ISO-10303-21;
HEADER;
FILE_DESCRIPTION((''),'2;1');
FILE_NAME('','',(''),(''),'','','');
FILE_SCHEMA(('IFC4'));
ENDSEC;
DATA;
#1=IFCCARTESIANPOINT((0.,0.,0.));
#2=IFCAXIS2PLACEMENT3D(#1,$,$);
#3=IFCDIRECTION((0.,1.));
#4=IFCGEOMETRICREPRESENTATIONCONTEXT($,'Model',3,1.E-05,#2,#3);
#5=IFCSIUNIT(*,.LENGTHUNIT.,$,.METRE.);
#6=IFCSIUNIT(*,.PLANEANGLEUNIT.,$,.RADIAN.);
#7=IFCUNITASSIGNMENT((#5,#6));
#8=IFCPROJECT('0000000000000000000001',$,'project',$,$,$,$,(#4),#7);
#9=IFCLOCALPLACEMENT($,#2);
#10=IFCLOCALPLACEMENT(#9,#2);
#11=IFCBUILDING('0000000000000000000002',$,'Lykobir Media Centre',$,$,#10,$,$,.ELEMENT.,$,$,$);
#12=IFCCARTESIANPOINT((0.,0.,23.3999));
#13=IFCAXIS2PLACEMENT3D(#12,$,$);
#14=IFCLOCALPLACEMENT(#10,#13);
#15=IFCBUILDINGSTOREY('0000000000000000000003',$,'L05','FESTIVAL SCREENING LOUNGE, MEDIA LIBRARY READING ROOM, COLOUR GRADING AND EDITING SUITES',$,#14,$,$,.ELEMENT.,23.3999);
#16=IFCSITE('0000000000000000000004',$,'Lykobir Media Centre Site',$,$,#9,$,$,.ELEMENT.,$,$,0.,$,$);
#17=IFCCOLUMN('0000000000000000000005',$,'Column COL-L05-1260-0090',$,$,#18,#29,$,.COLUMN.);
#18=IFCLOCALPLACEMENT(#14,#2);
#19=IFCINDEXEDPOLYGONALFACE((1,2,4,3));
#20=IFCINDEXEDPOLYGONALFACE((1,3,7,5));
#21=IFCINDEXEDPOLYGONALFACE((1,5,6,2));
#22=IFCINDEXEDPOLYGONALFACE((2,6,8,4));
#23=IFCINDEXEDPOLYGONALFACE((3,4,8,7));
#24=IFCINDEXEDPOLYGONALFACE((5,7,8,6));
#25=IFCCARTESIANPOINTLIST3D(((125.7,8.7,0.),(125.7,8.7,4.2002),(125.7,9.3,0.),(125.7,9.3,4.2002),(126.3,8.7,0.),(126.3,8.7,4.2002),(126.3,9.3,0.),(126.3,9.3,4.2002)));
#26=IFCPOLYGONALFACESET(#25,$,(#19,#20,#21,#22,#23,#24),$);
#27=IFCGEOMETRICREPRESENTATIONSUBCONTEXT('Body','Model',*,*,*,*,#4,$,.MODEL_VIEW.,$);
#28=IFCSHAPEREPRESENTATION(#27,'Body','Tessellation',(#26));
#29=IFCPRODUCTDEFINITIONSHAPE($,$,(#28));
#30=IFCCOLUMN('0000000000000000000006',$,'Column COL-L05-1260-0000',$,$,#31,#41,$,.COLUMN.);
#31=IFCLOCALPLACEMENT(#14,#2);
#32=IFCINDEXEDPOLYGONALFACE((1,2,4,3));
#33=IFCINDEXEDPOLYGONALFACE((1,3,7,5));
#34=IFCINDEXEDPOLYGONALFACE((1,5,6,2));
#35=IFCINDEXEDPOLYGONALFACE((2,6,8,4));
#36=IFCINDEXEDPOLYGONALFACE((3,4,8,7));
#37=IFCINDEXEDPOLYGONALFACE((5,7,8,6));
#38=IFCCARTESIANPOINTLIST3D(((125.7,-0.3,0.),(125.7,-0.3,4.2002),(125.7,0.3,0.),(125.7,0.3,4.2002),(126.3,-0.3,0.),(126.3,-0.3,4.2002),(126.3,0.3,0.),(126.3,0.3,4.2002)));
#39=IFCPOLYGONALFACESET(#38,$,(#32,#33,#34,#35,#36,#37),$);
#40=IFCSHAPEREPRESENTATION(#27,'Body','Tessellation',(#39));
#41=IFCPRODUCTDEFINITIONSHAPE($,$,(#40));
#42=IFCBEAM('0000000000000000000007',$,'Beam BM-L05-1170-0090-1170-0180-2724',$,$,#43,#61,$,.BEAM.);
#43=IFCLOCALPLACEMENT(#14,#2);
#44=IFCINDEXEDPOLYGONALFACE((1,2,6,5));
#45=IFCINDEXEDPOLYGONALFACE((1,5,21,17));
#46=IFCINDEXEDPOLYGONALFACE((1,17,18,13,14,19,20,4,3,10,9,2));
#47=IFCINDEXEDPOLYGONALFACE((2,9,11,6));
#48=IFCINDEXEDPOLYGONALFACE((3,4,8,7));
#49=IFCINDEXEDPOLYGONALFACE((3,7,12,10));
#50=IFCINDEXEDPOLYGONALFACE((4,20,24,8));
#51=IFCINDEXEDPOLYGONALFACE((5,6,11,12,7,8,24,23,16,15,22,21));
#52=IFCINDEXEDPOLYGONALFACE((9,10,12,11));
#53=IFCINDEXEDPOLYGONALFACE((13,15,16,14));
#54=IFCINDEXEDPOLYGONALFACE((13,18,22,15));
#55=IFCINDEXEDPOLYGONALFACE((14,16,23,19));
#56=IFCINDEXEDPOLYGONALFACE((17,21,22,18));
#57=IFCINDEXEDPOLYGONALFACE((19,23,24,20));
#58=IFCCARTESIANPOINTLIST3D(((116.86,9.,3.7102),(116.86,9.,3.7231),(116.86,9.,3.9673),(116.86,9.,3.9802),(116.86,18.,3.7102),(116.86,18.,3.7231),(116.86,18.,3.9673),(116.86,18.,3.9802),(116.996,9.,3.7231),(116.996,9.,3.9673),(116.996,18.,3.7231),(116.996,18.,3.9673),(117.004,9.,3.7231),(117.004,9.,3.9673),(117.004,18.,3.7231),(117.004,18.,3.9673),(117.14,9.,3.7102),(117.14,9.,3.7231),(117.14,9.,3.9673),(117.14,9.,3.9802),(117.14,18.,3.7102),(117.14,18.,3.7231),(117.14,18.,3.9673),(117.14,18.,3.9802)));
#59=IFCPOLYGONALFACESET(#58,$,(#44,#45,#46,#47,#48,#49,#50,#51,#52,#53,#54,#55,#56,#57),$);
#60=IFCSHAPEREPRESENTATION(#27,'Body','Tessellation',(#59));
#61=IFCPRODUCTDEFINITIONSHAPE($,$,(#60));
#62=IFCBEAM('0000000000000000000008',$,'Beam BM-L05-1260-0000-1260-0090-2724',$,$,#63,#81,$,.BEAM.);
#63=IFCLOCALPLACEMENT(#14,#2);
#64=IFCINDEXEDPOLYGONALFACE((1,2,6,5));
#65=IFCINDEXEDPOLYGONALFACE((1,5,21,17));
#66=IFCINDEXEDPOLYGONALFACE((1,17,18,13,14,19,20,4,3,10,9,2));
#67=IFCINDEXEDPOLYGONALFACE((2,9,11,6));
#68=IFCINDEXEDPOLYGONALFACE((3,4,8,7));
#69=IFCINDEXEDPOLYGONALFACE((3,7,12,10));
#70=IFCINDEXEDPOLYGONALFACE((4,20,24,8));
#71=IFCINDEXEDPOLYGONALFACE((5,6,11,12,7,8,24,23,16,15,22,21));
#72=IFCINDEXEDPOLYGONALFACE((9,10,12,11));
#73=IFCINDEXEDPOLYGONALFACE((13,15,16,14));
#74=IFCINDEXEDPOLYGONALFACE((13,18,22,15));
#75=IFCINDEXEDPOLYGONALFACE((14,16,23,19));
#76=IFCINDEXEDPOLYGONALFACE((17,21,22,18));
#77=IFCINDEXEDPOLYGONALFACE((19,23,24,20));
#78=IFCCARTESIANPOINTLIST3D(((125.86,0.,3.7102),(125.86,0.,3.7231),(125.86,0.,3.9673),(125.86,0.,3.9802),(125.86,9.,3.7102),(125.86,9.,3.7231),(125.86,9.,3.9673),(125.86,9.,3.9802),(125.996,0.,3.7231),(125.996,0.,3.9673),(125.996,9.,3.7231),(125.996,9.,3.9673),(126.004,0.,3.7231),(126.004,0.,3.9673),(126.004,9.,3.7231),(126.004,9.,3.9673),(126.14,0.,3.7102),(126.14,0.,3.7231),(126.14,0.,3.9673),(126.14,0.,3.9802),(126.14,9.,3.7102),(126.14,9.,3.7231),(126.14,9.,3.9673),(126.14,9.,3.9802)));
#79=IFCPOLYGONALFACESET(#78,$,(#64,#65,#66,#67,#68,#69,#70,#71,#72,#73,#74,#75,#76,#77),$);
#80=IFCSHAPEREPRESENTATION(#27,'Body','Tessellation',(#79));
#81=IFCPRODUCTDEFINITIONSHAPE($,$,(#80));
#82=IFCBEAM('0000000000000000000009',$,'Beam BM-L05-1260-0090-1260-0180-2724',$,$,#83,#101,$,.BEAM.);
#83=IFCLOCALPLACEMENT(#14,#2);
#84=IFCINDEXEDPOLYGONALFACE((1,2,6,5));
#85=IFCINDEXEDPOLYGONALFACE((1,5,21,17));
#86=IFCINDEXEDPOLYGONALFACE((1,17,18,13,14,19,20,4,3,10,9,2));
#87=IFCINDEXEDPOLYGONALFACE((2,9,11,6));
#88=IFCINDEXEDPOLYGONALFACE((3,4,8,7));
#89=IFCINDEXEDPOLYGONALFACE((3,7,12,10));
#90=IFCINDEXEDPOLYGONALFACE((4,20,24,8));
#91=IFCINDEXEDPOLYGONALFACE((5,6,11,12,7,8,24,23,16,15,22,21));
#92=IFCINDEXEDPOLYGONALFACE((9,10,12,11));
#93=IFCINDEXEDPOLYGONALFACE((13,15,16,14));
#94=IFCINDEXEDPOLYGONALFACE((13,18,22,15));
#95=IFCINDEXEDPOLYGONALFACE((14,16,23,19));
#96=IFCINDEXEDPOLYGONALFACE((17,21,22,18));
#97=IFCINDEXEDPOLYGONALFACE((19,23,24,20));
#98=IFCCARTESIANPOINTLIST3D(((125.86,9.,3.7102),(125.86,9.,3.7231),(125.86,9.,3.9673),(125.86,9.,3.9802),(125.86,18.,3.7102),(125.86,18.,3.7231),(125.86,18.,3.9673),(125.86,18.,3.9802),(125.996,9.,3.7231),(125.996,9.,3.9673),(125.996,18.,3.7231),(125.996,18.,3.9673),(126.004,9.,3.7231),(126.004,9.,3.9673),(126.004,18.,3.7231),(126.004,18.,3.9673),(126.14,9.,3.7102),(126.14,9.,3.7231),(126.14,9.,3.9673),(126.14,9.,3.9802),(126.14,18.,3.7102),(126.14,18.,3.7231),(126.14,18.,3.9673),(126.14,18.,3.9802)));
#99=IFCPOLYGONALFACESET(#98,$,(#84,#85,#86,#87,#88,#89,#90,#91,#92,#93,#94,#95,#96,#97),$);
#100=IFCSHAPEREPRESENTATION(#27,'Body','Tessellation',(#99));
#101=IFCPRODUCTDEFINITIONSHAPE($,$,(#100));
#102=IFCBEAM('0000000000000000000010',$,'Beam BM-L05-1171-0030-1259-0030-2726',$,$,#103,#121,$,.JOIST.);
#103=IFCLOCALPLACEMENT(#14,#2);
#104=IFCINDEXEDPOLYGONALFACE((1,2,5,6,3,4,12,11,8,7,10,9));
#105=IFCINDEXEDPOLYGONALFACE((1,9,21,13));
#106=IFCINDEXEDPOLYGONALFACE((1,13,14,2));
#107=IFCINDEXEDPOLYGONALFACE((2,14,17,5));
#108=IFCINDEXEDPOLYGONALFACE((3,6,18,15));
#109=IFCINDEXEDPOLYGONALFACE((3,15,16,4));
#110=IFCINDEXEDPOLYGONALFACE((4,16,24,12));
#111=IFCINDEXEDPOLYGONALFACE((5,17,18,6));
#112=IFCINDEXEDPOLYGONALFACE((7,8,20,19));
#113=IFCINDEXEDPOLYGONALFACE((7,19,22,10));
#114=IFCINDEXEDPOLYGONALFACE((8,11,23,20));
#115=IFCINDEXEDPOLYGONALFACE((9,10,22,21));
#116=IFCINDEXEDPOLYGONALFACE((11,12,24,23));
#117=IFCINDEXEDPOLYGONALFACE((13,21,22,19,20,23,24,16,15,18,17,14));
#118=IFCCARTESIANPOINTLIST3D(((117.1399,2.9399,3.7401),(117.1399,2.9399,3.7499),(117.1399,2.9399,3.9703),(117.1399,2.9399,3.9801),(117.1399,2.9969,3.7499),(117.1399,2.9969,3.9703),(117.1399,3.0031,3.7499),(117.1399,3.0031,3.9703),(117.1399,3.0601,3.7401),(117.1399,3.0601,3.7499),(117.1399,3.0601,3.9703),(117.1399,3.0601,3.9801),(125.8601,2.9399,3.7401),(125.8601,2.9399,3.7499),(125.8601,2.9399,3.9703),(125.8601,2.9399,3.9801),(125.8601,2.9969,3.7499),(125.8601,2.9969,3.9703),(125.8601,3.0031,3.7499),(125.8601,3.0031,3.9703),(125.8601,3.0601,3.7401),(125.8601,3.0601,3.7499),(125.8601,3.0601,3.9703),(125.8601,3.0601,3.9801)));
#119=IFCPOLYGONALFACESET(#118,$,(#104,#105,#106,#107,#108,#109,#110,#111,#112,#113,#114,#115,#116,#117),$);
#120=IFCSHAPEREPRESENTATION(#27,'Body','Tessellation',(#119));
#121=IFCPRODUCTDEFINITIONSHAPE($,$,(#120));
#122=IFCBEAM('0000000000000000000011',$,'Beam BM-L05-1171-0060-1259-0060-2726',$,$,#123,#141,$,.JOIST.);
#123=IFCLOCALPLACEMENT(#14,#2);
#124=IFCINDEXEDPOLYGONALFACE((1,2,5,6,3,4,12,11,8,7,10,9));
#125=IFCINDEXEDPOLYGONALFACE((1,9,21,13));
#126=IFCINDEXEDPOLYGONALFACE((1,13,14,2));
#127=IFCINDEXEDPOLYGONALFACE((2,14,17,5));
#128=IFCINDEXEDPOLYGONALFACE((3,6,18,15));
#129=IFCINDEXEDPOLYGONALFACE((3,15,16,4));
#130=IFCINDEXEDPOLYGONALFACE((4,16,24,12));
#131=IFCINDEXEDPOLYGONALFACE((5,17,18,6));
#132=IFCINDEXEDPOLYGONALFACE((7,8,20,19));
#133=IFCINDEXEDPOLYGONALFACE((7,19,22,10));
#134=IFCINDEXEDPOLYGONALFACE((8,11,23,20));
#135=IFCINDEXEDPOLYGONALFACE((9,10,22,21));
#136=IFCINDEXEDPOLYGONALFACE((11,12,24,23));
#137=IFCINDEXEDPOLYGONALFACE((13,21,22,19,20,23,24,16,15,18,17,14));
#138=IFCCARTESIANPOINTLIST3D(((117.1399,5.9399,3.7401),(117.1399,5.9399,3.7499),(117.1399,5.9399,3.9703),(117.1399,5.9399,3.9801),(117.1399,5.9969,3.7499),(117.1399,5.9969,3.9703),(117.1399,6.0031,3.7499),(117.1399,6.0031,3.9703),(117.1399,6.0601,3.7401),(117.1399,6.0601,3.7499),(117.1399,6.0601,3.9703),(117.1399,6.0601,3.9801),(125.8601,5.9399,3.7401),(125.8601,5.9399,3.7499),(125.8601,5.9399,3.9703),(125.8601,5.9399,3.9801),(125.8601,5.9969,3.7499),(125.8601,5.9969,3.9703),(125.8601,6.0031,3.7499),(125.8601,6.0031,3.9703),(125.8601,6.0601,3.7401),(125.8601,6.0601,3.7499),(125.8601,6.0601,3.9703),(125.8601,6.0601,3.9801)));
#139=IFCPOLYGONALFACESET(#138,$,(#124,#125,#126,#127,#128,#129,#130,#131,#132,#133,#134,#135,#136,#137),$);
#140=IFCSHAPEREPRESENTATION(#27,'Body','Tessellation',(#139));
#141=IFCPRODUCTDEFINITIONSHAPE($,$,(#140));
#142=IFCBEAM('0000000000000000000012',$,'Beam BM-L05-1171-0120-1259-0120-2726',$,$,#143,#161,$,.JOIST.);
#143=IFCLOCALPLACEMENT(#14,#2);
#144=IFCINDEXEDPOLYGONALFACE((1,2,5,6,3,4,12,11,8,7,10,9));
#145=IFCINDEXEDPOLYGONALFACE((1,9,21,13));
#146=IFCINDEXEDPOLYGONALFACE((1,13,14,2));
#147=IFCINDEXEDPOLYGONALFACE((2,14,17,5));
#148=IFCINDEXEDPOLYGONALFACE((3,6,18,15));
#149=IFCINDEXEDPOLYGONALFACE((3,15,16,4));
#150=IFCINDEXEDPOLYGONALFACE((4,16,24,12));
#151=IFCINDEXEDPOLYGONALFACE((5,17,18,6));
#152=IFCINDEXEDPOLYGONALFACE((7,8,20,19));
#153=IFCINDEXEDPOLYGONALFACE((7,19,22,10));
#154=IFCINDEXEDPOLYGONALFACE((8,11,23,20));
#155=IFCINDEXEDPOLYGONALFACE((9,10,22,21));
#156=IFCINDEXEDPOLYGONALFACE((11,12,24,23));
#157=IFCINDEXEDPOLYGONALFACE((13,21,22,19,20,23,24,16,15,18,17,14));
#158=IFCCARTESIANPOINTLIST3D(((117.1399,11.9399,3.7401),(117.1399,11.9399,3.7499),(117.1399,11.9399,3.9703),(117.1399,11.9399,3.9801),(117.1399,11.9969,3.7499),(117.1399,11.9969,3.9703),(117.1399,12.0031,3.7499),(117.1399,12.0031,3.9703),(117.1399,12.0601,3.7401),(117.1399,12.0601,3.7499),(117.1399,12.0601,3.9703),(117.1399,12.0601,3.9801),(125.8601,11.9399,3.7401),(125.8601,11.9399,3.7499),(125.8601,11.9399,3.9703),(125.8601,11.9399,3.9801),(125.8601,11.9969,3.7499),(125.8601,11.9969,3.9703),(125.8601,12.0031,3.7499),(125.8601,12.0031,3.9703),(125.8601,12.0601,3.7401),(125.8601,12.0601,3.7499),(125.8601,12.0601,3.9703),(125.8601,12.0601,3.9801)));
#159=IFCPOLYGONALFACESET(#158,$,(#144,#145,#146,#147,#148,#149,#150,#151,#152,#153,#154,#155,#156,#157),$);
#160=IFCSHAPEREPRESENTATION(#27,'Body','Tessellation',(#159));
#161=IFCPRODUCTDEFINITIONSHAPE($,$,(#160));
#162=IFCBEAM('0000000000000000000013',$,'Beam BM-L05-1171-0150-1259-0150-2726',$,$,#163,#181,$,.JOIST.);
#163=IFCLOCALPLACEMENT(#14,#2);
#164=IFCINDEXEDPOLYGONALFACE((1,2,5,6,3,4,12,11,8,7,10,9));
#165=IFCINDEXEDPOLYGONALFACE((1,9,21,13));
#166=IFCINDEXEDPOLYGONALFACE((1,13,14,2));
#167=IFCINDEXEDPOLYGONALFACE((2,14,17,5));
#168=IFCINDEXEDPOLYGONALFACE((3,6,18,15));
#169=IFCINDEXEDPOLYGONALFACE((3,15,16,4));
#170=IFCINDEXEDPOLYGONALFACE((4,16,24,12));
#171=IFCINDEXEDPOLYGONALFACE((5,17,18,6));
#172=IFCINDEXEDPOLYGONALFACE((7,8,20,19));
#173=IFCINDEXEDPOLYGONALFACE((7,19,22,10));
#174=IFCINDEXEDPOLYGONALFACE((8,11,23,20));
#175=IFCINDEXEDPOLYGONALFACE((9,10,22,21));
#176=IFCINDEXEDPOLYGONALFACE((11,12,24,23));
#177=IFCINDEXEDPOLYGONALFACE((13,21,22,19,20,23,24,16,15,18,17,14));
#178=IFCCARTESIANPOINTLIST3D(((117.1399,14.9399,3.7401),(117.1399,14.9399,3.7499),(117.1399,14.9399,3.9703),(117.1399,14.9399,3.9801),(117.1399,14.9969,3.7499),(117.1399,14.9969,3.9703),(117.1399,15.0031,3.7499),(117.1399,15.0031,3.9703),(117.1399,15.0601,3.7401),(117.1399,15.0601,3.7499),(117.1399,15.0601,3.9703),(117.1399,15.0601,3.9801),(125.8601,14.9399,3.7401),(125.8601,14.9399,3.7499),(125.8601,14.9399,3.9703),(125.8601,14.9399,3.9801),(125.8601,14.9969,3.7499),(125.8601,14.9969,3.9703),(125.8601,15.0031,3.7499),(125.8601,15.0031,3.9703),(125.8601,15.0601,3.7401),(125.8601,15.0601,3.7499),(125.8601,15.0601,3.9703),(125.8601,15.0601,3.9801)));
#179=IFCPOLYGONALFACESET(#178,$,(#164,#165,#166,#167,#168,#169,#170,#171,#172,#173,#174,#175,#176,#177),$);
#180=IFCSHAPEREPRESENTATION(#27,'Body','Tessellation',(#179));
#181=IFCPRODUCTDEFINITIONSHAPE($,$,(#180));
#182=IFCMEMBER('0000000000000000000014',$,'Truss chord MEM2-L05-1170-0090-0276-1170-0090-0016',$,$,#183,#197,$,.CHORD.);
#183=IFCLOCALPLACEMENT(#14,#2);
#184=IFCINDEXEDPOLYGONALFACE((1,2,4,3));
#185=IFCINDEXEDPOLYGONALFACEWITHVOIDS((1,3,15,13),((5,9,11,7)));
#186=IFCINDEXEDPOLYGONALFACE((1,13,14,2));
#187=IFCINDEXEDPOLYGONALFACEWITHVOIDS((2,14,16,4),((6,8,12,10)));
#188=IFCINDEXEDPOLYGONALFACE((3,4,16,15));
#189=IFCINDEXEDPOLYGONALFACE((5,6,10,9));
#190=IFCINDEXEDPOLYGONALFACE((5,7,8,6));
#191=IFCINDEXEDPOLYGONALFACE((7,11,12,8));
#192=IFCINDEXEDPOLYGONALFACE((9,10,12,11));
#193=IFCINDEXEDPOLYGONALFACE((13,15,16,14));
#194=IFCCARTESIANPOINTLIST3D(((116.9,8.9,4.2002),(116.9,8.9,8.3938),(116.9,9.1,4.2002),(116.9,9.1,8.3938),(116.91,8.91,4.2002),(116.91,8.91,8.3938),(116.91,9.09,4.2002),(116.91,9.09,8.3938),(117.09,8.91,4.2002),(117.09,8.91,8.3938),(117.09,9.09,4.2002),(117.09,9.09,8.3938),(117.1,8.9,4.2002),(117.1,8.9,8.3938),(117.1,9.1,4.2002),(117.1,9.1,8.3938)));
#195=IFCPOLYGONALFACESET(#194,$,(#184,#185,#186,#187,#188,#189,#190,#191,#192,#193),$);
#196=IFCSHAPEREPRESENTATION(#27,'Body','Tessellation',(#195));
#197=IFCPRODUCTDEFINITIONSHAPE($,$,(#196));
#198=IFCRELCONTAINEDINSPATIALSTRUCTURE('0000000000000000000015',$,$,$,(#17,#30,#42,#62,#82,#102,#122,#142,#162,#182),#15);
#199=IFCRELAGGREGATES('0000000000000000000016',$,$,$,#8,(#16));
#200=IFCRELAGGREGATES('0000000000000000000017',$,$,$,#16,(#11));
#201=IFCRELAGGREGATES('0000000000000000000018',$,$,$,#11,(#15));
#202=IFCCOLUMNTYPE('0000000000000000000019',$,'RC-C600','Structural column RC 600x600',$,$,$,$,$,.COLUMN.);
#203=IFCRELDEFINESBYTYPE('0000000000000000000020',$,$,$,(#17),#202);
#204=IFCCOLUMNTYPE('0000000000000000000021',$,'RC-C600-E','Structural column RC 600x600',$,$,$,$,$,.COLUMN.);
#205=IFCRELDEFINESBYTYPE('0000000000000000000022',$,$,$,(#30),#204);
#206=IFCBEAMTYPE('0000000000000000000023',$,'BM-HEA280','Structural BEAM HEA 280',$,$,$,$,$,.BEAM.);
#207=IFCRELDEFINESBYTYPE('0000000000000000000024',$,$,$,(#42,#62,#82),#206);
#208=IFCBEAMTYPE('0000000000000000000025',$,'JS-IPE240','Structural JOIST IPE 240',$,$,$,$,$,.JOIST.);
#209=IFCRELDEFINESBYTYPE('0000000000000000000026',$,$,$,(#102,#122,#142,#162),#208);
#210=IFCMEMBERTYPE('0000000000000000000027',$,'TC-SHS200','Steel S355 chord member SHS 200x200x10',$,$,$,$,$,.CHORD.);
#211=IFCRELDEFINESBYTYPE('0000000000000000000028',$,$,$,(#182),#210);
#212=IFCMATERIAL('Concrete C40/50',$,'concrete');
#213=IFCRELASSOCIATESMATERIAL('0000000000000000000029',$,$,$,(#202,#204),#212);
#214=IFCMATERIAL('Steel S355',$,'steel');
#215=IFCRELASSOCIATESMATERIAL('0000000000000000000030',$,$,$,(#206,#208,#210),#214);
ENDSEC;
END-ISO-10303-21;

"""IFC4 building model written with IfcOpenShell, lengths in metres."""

from ifc_helpers import new_model, si_unit, direction, frame, origin, origin_2d, place, context, subcontext, project, spatial, rectangle, hollow_rectangle, i_section, extrude, material, material_profile, profile_set, type_object, element, save


model = new_model("IFC4")

# Units and contexts
model_context = context("Model", 3, precision=1e-05, world=origin(), true_north=direction((0.0, 1.0)))
body_context = subcontext(model_context, "Body", "Model", "MODEL_VIEW")
ifc_project = project(units=[si_unit("LENGTHUNIT", "METRE"), si_unit("PLANEANGLEUNIT", "RADIAN")], contexts=[model_context])

# Site, building, storey
site_placement = place(None, origin())
site = spatial("IfcSite", under=ifc_project, at=site_placement, Name="Lykobir Media Centre Site", CompositionType="ELEMENT", RefElevation=0.0)
building_placement = place(site_placement, origin())
building = spatial("IfcBuilding", under=site, at=building_placement, Name="Lykobir Media Centre", CompositionType="ELEMENT")
storey_placement = place(building_placement, frame((0.0, 0.0, 23.3999)))
storey = spatial("IfcBuildingStorey", under=building, at=storey_placement, Name="L05", Description="FESTIVAL SCREENING LOUNGE, MEDIA LIBRARY READING ROOM, COLOUR GRADING AND EDITING SUITES", CompositionType="ELEMENT", Elevation=23.3999)

# Columns
ifc_material_1 = material(Name="Concrete C40/50", Category="concrete")
ifc_material_profile_1 = material_profile(ifc_material_1, rectangle(XDim=0.6001, YDim=0.6001, at=origin_2d()), Name="RC 600x600")
ifc_profile_set_1 = profile_set([ifc_material_profile_1], Name="Concrete C40/50")
column_type_1 = type_object("IfcColumnType", Name="RC-C600", Description="Structural column RC 600x600", PredefinedType="COLUMN", material=ifc_profile_set_1)
column_1_placement = place(storey_placement, frame((126.0, 9.0, 0.0), z_axis=(0.0, 0.0, 1.0), x_axis=(1.0, 0.0, 0.0)))
element("IfcColumn", 1, at=column_1_placement, inside=storey, type_object=column_type_1, Name="Column COL-L05-1260-0090", PredefinedType="COLUMN", context=body_context, shape_type="SweptSolid", body=[
    extrude(rectangle(XDim=0.6001, YDim=0.6001, at=origin_2d()), origin(), (0.0, 0.0, 1.0), 4.2002),
])
ifc_material_profile_2 = material_profile(ifc_material_1, rectangle(XDim=0.6001, YDim=0.6001, at=origin_2d()), Name="RC 600x600")
ifc_profile_set_2 = profile_set([ifc_material_profile_2], Name="Concrete C40/50")
column_type_2 = type_object("IfcColumnType", Name="RC-C600-E", Description="Structural column RC 600x600", PredefinedType="COLUMN", material=ifc_profile_set_2)
column_2_placement = place(storey_placement, frame((126.0, 0.0, 0.0), z_axis=(0.0, 0.0, 1.0), x_axis=(1.0, 0.0, 0.0)))
element("IfcColumn", 2, at=column_2_placement, inside=storey, type_object=column_type_2, Name="Column COL-L05-1260-0000", PredefinedType="COLUMN", context=body_context, shape_type="SweptSolid", body=[
    extrude(rectangle(XDim=0.6001, YDim=0.6001, at=origin_2d()), origin(), (0.0, 0.0, 1.0), 4.2002),
])

# Beams
ifc_material_2 = material(Name="Steel S355", Category="steel")
ifc_material_profile_3 = material_profile(ifc_material_2, i_section(OverallWidth=0.28, OverallDepth=0.27, WebThickness=0.0081, FlangeThickness=0.0129, at=origin_2d()), Name="HEA 280")
ifc_profile_set_3 = profile_set([ifc_material_profile_3], Name="Steel S355")
beam_type_1 = type_object("IfcBeamType", Name="BM-HEA280", Description="Structural BEAM HEA 280", PredefinedType="BEAM", material=ifc_profile_set_3)
for number, where, z_axis, x_axis, name in (
    (3, (117.0, 9.0, 3.8452), (0.0, 1.0, 0.0), (-1.0, 0.0, 0.0), "Beam BM-L05-1170-0090-1170-0180-2724"),
    (4, (126.0, 0.0, 3.8452), (0.0, 1.0, 0.0), (-1.0, 0.0, 0.0), "Beam BM-L05-1260-0000-1260-0090-2724"),
    (5, (126.0, 9.0, 3.8452), (0.0, 1.0, 0.0), (-1.0, 0.0, 0.0), "Beam BM-L05-1260-0090-1260-0180-2724"),
):
    element("IfcBeam", number, at=place(storey_placement, frame(where, z_axis=z_axis, x_axis=x_axis)), inside=storey, type_object=beam_type_1, Name=name, PredefinedType="BEAM", context=body_context, shape_type="SweptSolid", body=[
        extrude(i_section(OverallWidth=0.28, OverallDepth=0.27, WebThickness=0.0081, FlangeThickness=0.0129, at=origin_2d()), origin(), (0.0, 0.0, 1.0), 9.0),
    ])
ifc_material_profile_4 = material_profile(ifc_material_2, i_section(OverallWidth=0.1201, OverallDepth=0.24, WebThickness=0.0061, FlangeThickness=0.0098, at=origin_2d()), Name="IPE 240")
ifc_profile_set_4 = profile_set([ifc_material_profile_4], Name="Steel S355")
beam_type_2 = type_object("IfcBeamType", Name="JS-IPE240", Description="Structural JOIST IPE 240", PredefinedType="JOIST", material=ifc_profile_set_4)
for number, where, z_axis, x_axis, name in (
    (6, (117.1399, 3.0, 3.8601), (1.0, 0.0, 0.0), (0.0, 1.0, 0.0), "Beam BM-L05-1171-0030-1259-0030-2726"),
    (7, (117.1399, 6.0, 3.8601), (1.0, 0.0, 0.0), (0.0, 1.0, 0.0), "Beam BM-L05-1171-0060-1259-0060-2726"),
    (8, (117.1399, 12.0, 3.8601), (1.0, 0.0, 0.0), (0.0, 1.0, 0.0), "Beam BM-L05-1171-0120-1259-0120-2726"),
    (9, (117.1399, 15.0, 3.8601), (1.0, 0.0, 0.0), (0.0, 1.0, 0.0), "Beam BM-L05-1171-0150-1259-0150-2726"),
):
    element("IfcBeam", number, at=place(storey_placement, frame(where, z_axis=z_axis, x_axis=x_axis)), inside=storey, type_object=beam_type_2, Name=name, PredefinedType="JOIST", context=body_context, shape_type="SweptSolid", body=[
        extrude(i_section(OverallWidth=0.1201, OverallDepth=0.24, WebThickness=0.0061, FlangeThickness=0.0098, at=origin_2d()), origin(), (0.0, 0.0, 1.0), 8.7202),
    ])

# Member
ifc_material_profile_5 = material_profile(ifc_material_2, hollow_rectangle(XDim=0.2, YDim=0.2, WallThickness=0.01, at=origin_2d()), Name="SHS 200x200x10")
ifc_profile_set_5 = profile_set([ifc_material_profile_5], Name="Steel S355")
member_type = type_object("IfcMemberType", Name="TC-SHS200", Description="Steel S355 chord member SHS 200x200x10", PredefinedType="CHORD", material=ifc_profile_set_5)
member_1_placement = place(storey_placement, frame((117.0, 9.0, 4.2002), z_axis=(0.0, 0.0, 1.0), x_axis=(1.0, 0.0, 0.0)))
element("IfcMember", 10, at=member_1_placement, inside=storey, type_object=member_type, Name="Truss chord MEM2-L05-1170-0090-0276-1170-0090-0016", PredefinedType="CHORD", context=body_context, shape_type="SweptSolid", body=[
    extrude(hollow_rectangle(XDim=0.2, YDim=0.2, WallThickness=0.01, at=origin_2d()), origin(), (0.0, 0.0, 1.0), 4.1936),
])

save(model, "model.ifc")
